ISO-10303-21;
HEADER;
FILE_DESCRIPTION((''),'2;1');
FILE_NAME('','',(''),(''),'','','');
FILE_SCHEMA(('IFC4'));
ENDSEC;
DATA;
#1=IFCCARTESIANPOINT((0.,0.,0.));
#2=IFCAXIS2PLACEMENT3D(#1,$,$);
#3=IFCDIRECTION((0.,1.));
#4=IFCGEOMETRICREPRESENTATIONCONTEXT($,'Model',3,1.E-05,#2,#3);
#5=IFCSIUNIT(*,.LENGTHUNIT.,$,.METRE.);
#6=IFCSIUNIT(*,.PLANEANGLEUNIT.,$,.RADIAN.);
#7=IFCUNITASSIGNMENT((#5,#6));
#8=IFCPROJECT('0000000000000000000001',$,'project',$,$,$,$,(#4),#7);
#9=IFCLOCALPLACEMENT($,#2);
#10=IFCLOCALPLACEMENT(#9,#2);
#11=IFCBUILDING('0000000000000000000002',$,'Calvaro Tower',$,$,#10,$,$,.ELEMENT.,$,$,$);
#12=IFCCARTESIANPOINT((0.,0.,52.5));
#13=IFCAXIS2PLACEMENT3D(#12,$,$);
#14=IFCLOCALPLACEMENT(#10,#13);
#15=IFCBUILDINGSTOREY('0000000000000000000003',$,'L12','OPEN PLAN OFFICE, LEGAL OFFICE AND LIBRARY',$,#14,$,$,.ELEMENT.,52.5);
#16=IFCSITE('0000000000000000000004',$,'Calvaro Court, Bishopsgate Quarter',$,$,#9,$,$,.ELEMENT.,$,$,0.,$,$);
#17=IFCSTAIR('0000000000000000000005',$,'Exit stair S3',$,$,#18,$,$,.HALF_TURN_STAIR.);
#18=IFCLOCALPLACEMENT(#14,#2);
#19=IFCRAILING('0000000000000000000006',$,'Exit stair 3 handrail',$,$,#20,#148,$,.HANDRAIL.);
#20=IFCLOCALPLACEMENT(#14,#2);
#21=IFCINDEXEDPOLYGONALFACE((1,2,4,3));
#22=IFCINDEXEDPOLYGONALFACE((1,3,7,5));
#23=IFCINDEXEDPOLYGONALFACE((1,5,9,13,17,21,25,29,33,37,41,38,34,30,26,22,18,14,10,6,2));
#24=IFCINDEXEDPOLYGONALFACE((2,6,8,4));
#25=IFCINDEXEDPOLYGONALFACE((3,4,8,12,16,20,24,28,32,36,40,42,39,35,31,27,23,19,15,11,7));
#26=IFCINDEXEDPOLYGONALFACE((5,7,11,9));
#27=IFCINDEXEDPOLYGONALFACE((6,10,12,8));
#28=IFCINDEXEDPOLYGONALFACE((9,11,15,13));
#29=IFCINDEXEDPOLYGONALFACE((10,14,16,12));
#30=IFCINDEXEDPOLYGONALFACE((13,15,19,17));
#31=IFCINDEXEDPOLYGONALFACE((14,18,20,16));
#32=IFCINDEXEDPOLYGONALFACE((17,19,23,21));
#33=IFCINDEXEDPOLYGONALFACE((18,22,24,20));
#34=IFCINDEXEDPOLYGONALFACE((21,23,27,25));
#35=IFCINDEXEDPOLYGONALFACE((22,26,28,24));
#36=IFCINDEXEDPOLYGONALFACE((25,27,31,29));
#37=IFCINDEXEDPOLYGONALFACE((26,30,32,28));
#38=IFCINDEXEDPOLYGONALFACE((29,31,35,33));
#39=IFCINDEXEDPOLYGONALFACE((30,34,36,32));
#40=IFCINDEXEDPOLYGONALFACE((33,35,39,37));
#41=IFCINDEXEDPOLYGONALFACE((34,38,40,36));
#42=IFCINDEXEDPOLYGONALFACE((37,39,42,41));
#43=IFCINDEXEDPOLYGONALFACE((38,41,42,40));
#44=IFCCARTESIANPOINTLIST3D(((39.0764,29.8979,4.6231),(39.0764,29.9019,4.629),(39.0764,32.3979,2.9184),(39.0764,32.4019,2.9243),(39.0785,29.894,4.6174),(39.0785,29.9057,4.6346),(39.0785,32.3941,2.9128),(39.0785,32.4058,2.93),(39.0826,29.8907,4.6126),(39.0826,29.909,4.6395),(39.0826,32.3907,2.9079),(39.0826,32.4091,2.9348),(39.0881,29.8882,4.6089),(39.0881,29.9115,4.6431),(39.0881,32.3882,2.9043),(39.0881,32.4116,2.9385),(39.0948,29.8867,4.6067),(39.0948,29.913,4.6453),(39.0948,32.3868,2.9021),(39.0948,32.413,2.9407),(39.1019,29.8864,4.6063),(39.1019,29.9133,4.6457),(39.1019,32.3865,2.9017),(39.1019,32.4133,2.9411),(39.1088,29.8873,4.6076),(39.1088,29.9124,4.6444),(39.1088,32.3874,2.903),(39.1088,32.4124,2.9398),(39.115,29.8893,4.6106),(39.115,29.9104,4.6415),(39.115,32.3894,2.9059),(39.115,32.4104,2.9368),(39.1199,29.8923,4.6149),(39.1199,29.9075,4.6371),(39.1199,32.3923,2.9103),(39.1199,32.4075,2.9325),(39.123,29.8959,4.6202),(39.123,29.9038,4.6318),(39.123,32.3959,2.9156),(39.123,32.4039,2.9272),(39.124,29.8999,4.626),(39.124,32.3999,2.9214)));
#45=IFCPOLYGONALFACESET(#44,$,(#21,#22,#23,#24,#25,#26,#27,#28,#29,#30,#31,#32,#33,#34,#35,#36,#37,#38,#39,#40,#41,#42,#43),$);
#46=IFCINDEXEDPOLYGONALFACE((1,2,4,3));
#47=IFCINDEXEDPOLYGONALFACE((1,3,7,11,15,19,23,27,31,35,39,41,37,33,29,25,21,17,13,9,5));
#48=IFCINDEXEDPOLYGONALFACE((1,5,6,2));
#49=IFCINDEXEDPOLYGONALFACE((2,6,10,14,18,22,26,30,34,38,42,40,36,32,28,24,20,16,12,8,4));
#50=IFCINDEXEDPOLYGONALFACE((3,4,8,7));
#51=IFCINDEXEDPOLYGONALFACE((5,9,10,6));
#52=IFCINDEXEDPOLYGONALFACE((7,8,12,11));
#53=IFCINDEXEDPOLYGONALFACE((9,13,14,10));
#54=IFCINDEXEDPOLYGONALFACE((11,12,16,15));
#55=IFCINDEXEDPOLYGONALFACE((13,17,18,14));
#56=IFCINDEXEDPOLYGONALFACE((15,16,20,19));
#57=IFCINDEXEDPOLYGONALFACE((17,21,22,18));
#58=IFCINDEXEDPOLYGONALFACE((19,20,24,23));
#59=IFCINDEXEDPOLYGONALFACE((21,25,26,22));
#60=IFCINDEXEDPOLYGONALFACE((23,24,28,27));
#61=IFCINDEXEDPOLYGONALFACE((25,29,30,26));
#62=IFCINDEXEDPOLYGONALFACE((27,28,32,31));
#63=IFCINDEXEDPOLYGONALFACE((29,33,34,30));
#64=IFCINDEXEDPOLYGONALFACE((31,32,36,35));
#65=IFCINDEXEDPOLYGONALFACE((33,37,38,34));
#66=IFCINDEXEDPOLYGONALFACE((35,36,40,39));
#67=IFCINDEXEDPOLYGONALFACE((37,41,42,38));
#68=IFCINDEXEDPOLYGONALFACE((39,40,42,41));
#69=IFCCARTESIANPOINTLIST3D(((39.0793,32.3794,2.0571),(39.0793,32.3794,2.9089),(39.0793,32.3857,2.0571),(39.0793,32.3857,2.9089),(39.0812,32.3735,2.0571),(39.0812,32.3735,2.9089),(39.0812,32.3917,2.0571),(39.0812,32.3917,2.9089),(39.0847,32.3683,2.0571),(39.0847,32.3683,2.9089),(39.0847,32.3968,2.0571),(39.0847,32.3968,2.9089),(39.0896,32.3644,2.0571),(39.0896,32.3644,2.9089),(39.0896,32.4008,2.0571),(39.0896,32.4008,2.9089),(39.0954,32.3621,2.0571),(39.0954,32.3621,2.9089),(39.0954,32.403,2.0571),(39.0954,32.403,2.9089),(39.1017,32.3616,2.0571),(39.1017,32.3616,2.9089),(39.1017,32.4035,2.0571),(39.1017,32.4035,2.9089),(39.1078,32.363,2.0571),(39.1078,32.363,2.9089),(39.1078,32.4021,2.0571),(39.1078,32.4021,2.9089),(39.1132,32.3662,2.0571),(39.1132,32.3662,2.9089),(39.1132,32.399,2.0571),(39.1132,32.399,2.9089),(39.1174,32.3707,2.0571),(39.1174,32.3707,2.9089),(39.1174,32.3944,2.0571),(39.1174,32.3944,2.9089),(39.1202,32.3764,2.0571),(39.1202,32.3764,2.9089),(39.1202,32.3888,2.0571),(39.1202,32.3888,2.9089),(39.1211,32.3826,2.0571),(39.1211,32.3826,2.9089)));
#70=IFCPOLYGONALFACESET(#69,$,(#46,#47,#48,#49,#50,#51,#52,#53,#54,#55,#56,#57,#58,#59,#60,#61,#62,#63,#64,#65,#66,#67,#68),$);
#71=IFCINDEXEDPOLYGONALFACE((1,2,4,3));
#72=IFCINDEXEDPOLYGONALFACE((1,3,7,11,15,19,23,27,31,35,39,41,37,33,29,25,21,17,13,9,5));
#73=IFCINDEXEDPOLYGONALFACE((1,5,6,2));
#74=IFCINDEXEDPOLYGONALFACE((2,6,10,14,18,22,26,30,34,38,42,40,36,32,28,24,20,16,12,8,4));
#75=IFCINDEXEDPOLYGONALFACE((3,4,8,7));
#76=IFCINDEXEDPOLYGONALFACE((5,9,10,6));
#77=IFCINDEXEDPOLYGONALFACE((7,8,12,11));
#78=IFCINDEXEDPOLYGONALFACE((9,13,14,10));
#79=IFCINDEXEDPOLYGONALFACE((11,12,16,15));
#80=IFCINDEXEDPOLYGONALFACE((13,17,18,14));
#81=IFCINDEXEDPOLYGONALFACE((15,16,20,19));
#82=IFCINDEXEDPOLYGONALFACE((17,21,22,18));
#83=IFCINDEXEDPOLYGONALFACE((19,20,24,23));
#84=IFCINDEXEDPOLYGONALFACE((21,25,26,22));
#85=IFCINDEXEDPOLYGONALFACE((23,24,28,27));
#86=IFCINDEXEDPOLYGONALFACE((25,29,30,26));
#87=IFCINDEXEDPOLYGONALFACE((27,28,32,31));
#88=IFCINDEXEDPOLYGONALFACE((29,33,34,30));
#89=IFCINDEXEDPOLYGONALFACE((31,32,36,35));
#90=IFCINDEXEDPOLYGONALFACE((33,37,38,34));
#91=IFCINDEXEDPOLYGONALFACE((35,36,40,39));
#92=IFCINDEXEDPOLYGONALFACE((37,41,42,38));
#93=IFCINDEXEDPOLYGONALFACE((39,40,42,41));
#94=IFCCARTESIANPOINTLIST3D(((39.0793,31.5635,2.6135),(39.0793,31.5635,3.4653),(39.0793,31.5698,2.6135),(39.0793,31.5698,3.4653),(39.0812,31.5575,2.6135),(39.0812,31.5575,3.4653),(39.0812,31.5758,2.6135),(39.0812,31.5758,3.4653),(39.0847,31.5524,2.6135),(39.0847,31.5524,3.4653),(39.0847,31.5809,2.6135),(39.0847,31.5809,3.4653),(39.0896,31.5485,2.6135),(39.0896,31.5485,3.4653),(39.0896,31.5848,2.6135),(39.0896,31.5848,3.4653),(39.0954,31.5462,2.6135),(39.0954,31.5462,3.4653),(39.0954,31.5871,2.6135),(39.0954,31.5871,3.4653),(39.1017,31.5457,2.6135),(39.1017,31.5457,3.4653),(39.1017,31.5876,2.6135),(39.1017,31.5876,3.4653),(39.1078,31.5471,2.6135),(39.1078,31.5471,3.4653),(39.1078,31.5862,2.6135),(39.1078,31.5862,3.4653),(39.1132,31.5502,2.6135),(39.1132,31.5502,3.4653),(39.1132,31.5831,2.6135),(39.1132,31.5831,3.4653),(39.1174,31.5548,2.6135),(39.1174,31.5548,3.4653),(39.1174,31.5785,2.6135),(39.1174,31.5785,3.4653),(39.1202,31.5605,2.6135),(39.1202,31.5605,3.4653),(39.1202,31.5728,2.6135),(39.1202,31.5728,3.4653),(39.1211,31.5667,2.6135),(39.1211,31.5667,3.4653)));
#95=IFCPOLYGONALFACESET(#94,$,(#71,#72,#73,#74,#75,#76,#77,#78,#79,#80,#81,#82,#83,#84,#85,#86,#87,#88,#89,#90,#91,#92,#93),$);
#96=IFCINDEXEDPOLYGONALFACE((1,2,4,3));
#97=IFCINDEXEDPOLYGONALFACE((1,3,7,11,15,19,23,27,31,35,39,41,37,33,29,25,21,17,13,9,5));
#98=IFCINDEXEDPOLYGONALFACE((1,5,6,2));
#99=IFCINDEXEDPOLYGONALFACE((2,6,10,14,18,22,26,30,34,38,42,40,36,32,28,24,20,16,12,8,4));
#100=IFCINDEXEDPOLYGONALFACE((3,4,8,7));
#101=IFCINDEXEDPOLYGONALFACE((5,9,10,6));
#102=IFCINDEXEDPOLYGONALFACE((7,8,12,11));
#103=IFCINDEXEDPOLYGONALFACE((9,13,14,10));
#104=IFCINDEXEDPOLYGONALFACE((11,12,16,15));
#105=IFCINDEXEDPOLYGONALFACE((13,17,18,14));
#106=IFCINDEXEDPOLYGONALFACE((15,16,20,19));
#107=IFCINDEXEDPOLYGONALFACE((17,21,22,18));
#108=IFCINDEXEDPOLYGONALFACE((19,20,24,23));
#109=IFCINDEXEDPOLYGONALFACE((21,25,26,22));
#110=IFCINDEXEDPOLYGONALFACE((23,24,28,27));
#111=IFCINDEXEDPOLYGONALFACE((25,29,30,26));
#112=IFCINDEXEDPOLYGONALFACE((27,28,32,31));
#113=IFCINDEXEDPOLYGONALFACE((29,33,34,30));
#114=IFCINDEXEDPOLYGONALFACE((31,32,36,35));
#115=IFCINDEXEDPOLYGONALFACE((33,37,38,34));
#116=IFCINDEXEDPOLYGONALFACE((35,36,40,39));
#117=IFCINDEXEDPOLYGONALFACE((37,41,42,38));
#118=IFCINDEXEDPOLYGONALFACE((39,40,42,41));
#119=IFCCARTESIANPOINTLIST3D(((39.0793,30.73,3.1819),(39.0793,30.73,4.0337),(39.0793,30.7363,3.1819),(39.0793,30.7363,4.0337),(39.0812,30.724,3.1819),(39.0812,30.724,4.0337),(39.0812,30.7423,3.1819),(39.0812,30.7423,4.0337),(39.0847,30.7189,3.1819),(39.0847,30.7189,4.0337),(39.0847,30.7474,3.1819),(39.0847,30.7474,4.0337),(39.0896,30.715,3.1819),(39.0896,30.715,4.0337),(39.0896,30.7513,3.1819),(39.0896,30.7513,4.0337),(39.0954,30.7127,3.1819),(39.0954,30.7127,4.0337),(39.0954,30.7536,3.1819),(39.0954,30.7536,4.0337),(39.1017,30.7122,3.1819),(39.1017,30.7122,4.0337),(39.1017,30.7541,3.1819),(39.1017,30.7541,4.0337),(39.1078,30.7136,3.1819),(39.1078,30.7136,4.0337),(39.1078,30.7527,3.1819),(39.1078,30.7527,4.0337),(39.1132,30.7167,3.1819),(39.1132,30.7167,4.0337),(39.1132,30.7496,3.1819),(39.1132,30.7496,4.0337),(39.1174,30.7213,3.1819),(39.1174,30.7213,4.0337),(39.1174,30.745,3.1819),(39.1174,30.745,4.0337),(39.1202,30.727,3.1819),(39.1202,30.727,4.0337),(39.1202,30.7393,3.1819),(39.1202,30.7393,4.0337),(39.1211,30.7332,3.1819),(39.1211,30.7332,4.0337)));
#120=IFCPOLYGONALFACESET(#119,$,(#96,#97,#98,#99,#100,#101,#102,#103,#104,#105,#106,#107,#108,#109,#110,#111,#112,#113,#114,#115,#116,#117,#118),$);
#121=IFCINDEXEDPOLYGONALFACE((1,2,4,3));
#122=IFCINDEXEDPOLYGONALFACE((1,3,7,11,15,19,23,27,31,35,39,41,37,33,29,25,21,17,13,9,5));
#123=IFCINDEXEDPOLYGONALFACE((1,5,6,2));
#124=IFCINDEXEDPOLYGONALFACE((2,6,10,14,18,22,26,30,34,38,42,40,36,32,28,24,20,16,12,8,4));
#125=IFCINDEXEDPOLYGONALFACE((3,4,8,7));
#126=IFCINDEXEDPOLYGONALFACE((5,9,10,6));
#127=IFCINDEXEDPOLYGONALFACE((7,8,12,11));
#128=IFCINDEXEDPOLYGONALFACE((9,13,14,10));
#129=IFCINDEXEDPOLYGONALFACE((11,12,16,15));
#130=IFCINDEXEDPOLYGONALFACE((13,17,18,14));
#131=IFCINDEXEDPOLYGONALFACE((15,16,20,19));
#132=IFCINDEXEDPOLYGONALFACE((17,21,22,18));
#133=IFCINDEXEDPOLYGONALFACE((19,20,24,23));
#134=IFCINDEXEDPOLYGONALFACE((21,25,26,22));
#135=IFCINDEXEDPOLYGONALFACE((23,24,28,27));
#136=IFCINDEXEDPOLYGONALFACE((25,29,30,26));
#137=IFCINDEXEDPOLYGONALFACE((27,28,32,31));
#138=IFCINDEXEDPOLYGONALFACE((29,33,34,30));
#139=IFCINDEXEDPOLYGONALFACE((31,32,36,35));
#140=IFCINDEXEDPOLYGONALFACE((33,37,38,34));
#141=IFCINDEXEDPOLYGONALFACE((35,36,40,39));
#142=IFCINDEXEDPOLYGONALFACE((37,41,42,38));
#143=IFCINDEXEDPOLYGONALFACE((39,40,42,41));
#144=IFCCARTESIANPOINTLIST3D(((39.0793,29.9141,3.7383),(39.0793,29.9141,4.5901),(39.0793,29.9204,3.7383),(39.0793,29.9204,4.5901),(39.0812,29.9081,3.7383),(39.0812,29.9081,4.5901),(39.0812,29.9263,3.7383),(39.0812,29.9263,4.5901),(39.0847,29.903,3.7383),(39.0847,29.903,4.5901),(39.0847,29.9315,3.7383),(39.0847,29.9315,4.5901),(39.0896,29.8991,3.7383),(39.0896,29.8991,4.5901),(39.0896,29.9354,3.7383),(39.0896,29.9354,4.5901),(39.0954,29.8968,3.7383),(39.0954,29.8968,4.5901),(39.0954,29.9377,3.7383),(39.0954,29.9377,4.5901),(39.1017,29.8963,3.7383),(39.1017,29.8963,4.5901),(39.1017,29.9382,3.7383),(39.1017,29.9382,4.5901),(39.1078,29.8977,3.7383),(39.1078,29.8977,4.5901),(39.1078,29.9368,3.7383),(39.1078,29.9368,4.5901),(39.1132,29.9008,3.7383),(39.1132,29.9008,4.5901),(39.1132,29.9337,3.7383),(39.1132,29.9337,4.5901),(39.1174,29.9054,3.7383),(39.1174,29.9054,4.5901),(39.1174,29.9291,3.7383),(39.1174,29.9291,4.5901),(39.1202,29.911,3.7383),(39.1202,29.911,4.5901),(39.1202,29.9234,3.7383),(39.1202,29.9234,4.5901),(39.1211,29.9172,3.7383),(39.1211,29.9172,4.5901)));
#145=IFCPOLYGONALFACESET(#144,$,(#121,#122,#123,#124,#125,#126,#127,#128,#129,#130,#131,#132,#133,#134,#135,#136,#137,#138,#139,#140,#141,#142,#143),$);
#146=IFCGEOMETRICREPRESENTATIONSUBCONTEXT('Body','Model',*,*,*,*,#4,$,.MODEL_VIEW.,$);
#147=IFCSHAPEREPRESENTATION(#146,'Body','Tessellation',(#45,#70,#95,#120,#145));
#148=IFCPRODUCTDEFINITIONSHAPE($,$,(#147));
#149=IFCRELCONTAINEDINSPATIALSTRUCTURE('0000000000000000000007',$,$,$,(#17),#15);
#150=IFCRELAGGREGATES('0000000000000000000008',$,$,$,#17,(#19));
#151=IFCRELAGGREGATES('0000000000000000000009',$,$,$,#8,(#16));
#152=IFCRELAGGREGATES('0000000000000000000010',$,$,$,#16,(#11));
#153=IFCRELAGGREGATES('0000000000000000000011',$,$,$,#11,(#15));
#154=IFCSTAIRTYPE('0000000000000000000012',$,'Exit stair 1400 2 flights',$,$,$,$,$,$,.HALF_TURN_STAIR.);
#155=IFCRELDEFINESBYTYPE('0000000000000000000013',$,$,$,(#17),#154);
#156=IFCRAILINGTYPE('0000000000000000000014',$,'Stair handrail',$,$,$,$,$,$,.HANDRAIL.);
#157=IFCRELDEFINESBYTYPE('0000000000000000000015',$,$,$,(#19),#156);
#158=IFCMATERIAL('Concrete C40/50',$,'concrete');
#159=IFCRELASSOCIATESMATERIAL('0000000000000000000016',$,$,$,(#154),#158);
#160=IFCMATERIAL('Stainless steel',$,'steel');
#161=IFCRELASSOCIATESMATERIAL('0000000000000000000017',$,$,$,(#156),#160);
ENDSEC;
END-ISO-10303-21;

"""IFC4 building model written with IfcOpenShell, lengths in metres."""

from ifc_helpers import new_model, si_unit, direction, frame, origin, origin_2d, place, context, subcontext, project, spatial, circle, extrude, material, type_object, element, aggregate, save


model = new_model("IFC4")

# Units and contexts
model_context = context("Model", 3, precision=1e-05, world=origin(), true_north=direction((0.0, 1.0)))
body_context = subcontext(model_context, "Body", "Model", "MODEL_VIEW")
ifc_project = project(units=[si_unit("LENGTHUNIT", "METRE"), si_unit("PLANEANGLEUNIT", "RADIAN")], contexts=[model_context])

# Site, building, storey
site_placement = place(None, origin())
site = spatial("IfcSite", under=ifc_project, at=site_placement, Name="Calvaro Court, Bishopsgate Quarter", CompositionType="ELEMENT", RefElevation=0.0)
building_placement = place(site_placement, origin())
building = spatial("IfcBuilding", under=site, at=building_placement, Name="Calvaro Tower", CompositionType="ELEMENT")
storey_placement = place(building_placement, frame((0.0, 0.0, 52.5)))
storey = spatial("IfcBuildingStorey", under=building, at=storey_placement, Name="L12", Description="OPEN PLAN OFFICE, LEGAL OFFICE AND LIBRARY", CompositionType="ELEMENT", Elevation=52.5)

# Stair
ifc_material_1 = material(Name="Concrete C40/50", Category="concrete")
stair_type = type_object("IfcStairType", Name="Exit stair 1400 2 flights", PredefinedType="HALF_TURN_STAIR", material=ifc_material_1)
stair_1_placement = place(storey_placement, origin())
stair_1 = element("IfcStair", 1, at=stair_1_placement, inside=storey, type_object=stair_type, Name="Exit stair S3", PredefinedType="HALF_TURN_STAIR")

# Railing
ifc_material_2 = material(Name="Stainless steel", Category="steel")
railing_type = type_object("IfcRailingType", Name="Stair handrail", PredefinedType="HANDRAIL", material=ifc_material_2)
railing_1_placement = place(storey_placement, frame((39.1001, 32.3999, 2.0454)))
railing_1 = element("IfcRailing", 2, at=railing_1_placement, type_object=railing_type, Name="Exit stair 3 handrail", PredefinedType="HANDRAIL", context=body_context, shape_type="SweptSolid", body=[
    extrude(circle(Radius=0.0239, at=origin_2d()), frame((0.0, 0.0, 0.876), z_axis=(0.0, -0.826221, 0.563347), x_axis=(1.0, 0.0, 0.0)), (0.0, 0.0, 1.0), 3.0259),
    extrude(circle(Radius=0.021, at=origin_2d()), frame((0.0, -0.0173, 0.0117)), (0.0, 0.0, 1.0), 0.8518),
    extrude(circle(Radius=0.021, at=origin_2d()), frame((0.0, -0.8333, 0.5681)), (0.0, 0.0, 1.0), 0.8518),
    extrude(circle(Radius=0.021, at=origin_2d()), frame((0.0, -1.6667, 1.1365)), (0.0, 0.0, 1.0), 0.8518),
    extrude(circle(Radius=0.021, at=origin_2d()), frame((0.0, -2.4827, 1.6929)), (0.0, 0.0, 1.0), 0.8518),
])
aggregate(stair_1, [railing_1])

save(model, "model.ifc")
